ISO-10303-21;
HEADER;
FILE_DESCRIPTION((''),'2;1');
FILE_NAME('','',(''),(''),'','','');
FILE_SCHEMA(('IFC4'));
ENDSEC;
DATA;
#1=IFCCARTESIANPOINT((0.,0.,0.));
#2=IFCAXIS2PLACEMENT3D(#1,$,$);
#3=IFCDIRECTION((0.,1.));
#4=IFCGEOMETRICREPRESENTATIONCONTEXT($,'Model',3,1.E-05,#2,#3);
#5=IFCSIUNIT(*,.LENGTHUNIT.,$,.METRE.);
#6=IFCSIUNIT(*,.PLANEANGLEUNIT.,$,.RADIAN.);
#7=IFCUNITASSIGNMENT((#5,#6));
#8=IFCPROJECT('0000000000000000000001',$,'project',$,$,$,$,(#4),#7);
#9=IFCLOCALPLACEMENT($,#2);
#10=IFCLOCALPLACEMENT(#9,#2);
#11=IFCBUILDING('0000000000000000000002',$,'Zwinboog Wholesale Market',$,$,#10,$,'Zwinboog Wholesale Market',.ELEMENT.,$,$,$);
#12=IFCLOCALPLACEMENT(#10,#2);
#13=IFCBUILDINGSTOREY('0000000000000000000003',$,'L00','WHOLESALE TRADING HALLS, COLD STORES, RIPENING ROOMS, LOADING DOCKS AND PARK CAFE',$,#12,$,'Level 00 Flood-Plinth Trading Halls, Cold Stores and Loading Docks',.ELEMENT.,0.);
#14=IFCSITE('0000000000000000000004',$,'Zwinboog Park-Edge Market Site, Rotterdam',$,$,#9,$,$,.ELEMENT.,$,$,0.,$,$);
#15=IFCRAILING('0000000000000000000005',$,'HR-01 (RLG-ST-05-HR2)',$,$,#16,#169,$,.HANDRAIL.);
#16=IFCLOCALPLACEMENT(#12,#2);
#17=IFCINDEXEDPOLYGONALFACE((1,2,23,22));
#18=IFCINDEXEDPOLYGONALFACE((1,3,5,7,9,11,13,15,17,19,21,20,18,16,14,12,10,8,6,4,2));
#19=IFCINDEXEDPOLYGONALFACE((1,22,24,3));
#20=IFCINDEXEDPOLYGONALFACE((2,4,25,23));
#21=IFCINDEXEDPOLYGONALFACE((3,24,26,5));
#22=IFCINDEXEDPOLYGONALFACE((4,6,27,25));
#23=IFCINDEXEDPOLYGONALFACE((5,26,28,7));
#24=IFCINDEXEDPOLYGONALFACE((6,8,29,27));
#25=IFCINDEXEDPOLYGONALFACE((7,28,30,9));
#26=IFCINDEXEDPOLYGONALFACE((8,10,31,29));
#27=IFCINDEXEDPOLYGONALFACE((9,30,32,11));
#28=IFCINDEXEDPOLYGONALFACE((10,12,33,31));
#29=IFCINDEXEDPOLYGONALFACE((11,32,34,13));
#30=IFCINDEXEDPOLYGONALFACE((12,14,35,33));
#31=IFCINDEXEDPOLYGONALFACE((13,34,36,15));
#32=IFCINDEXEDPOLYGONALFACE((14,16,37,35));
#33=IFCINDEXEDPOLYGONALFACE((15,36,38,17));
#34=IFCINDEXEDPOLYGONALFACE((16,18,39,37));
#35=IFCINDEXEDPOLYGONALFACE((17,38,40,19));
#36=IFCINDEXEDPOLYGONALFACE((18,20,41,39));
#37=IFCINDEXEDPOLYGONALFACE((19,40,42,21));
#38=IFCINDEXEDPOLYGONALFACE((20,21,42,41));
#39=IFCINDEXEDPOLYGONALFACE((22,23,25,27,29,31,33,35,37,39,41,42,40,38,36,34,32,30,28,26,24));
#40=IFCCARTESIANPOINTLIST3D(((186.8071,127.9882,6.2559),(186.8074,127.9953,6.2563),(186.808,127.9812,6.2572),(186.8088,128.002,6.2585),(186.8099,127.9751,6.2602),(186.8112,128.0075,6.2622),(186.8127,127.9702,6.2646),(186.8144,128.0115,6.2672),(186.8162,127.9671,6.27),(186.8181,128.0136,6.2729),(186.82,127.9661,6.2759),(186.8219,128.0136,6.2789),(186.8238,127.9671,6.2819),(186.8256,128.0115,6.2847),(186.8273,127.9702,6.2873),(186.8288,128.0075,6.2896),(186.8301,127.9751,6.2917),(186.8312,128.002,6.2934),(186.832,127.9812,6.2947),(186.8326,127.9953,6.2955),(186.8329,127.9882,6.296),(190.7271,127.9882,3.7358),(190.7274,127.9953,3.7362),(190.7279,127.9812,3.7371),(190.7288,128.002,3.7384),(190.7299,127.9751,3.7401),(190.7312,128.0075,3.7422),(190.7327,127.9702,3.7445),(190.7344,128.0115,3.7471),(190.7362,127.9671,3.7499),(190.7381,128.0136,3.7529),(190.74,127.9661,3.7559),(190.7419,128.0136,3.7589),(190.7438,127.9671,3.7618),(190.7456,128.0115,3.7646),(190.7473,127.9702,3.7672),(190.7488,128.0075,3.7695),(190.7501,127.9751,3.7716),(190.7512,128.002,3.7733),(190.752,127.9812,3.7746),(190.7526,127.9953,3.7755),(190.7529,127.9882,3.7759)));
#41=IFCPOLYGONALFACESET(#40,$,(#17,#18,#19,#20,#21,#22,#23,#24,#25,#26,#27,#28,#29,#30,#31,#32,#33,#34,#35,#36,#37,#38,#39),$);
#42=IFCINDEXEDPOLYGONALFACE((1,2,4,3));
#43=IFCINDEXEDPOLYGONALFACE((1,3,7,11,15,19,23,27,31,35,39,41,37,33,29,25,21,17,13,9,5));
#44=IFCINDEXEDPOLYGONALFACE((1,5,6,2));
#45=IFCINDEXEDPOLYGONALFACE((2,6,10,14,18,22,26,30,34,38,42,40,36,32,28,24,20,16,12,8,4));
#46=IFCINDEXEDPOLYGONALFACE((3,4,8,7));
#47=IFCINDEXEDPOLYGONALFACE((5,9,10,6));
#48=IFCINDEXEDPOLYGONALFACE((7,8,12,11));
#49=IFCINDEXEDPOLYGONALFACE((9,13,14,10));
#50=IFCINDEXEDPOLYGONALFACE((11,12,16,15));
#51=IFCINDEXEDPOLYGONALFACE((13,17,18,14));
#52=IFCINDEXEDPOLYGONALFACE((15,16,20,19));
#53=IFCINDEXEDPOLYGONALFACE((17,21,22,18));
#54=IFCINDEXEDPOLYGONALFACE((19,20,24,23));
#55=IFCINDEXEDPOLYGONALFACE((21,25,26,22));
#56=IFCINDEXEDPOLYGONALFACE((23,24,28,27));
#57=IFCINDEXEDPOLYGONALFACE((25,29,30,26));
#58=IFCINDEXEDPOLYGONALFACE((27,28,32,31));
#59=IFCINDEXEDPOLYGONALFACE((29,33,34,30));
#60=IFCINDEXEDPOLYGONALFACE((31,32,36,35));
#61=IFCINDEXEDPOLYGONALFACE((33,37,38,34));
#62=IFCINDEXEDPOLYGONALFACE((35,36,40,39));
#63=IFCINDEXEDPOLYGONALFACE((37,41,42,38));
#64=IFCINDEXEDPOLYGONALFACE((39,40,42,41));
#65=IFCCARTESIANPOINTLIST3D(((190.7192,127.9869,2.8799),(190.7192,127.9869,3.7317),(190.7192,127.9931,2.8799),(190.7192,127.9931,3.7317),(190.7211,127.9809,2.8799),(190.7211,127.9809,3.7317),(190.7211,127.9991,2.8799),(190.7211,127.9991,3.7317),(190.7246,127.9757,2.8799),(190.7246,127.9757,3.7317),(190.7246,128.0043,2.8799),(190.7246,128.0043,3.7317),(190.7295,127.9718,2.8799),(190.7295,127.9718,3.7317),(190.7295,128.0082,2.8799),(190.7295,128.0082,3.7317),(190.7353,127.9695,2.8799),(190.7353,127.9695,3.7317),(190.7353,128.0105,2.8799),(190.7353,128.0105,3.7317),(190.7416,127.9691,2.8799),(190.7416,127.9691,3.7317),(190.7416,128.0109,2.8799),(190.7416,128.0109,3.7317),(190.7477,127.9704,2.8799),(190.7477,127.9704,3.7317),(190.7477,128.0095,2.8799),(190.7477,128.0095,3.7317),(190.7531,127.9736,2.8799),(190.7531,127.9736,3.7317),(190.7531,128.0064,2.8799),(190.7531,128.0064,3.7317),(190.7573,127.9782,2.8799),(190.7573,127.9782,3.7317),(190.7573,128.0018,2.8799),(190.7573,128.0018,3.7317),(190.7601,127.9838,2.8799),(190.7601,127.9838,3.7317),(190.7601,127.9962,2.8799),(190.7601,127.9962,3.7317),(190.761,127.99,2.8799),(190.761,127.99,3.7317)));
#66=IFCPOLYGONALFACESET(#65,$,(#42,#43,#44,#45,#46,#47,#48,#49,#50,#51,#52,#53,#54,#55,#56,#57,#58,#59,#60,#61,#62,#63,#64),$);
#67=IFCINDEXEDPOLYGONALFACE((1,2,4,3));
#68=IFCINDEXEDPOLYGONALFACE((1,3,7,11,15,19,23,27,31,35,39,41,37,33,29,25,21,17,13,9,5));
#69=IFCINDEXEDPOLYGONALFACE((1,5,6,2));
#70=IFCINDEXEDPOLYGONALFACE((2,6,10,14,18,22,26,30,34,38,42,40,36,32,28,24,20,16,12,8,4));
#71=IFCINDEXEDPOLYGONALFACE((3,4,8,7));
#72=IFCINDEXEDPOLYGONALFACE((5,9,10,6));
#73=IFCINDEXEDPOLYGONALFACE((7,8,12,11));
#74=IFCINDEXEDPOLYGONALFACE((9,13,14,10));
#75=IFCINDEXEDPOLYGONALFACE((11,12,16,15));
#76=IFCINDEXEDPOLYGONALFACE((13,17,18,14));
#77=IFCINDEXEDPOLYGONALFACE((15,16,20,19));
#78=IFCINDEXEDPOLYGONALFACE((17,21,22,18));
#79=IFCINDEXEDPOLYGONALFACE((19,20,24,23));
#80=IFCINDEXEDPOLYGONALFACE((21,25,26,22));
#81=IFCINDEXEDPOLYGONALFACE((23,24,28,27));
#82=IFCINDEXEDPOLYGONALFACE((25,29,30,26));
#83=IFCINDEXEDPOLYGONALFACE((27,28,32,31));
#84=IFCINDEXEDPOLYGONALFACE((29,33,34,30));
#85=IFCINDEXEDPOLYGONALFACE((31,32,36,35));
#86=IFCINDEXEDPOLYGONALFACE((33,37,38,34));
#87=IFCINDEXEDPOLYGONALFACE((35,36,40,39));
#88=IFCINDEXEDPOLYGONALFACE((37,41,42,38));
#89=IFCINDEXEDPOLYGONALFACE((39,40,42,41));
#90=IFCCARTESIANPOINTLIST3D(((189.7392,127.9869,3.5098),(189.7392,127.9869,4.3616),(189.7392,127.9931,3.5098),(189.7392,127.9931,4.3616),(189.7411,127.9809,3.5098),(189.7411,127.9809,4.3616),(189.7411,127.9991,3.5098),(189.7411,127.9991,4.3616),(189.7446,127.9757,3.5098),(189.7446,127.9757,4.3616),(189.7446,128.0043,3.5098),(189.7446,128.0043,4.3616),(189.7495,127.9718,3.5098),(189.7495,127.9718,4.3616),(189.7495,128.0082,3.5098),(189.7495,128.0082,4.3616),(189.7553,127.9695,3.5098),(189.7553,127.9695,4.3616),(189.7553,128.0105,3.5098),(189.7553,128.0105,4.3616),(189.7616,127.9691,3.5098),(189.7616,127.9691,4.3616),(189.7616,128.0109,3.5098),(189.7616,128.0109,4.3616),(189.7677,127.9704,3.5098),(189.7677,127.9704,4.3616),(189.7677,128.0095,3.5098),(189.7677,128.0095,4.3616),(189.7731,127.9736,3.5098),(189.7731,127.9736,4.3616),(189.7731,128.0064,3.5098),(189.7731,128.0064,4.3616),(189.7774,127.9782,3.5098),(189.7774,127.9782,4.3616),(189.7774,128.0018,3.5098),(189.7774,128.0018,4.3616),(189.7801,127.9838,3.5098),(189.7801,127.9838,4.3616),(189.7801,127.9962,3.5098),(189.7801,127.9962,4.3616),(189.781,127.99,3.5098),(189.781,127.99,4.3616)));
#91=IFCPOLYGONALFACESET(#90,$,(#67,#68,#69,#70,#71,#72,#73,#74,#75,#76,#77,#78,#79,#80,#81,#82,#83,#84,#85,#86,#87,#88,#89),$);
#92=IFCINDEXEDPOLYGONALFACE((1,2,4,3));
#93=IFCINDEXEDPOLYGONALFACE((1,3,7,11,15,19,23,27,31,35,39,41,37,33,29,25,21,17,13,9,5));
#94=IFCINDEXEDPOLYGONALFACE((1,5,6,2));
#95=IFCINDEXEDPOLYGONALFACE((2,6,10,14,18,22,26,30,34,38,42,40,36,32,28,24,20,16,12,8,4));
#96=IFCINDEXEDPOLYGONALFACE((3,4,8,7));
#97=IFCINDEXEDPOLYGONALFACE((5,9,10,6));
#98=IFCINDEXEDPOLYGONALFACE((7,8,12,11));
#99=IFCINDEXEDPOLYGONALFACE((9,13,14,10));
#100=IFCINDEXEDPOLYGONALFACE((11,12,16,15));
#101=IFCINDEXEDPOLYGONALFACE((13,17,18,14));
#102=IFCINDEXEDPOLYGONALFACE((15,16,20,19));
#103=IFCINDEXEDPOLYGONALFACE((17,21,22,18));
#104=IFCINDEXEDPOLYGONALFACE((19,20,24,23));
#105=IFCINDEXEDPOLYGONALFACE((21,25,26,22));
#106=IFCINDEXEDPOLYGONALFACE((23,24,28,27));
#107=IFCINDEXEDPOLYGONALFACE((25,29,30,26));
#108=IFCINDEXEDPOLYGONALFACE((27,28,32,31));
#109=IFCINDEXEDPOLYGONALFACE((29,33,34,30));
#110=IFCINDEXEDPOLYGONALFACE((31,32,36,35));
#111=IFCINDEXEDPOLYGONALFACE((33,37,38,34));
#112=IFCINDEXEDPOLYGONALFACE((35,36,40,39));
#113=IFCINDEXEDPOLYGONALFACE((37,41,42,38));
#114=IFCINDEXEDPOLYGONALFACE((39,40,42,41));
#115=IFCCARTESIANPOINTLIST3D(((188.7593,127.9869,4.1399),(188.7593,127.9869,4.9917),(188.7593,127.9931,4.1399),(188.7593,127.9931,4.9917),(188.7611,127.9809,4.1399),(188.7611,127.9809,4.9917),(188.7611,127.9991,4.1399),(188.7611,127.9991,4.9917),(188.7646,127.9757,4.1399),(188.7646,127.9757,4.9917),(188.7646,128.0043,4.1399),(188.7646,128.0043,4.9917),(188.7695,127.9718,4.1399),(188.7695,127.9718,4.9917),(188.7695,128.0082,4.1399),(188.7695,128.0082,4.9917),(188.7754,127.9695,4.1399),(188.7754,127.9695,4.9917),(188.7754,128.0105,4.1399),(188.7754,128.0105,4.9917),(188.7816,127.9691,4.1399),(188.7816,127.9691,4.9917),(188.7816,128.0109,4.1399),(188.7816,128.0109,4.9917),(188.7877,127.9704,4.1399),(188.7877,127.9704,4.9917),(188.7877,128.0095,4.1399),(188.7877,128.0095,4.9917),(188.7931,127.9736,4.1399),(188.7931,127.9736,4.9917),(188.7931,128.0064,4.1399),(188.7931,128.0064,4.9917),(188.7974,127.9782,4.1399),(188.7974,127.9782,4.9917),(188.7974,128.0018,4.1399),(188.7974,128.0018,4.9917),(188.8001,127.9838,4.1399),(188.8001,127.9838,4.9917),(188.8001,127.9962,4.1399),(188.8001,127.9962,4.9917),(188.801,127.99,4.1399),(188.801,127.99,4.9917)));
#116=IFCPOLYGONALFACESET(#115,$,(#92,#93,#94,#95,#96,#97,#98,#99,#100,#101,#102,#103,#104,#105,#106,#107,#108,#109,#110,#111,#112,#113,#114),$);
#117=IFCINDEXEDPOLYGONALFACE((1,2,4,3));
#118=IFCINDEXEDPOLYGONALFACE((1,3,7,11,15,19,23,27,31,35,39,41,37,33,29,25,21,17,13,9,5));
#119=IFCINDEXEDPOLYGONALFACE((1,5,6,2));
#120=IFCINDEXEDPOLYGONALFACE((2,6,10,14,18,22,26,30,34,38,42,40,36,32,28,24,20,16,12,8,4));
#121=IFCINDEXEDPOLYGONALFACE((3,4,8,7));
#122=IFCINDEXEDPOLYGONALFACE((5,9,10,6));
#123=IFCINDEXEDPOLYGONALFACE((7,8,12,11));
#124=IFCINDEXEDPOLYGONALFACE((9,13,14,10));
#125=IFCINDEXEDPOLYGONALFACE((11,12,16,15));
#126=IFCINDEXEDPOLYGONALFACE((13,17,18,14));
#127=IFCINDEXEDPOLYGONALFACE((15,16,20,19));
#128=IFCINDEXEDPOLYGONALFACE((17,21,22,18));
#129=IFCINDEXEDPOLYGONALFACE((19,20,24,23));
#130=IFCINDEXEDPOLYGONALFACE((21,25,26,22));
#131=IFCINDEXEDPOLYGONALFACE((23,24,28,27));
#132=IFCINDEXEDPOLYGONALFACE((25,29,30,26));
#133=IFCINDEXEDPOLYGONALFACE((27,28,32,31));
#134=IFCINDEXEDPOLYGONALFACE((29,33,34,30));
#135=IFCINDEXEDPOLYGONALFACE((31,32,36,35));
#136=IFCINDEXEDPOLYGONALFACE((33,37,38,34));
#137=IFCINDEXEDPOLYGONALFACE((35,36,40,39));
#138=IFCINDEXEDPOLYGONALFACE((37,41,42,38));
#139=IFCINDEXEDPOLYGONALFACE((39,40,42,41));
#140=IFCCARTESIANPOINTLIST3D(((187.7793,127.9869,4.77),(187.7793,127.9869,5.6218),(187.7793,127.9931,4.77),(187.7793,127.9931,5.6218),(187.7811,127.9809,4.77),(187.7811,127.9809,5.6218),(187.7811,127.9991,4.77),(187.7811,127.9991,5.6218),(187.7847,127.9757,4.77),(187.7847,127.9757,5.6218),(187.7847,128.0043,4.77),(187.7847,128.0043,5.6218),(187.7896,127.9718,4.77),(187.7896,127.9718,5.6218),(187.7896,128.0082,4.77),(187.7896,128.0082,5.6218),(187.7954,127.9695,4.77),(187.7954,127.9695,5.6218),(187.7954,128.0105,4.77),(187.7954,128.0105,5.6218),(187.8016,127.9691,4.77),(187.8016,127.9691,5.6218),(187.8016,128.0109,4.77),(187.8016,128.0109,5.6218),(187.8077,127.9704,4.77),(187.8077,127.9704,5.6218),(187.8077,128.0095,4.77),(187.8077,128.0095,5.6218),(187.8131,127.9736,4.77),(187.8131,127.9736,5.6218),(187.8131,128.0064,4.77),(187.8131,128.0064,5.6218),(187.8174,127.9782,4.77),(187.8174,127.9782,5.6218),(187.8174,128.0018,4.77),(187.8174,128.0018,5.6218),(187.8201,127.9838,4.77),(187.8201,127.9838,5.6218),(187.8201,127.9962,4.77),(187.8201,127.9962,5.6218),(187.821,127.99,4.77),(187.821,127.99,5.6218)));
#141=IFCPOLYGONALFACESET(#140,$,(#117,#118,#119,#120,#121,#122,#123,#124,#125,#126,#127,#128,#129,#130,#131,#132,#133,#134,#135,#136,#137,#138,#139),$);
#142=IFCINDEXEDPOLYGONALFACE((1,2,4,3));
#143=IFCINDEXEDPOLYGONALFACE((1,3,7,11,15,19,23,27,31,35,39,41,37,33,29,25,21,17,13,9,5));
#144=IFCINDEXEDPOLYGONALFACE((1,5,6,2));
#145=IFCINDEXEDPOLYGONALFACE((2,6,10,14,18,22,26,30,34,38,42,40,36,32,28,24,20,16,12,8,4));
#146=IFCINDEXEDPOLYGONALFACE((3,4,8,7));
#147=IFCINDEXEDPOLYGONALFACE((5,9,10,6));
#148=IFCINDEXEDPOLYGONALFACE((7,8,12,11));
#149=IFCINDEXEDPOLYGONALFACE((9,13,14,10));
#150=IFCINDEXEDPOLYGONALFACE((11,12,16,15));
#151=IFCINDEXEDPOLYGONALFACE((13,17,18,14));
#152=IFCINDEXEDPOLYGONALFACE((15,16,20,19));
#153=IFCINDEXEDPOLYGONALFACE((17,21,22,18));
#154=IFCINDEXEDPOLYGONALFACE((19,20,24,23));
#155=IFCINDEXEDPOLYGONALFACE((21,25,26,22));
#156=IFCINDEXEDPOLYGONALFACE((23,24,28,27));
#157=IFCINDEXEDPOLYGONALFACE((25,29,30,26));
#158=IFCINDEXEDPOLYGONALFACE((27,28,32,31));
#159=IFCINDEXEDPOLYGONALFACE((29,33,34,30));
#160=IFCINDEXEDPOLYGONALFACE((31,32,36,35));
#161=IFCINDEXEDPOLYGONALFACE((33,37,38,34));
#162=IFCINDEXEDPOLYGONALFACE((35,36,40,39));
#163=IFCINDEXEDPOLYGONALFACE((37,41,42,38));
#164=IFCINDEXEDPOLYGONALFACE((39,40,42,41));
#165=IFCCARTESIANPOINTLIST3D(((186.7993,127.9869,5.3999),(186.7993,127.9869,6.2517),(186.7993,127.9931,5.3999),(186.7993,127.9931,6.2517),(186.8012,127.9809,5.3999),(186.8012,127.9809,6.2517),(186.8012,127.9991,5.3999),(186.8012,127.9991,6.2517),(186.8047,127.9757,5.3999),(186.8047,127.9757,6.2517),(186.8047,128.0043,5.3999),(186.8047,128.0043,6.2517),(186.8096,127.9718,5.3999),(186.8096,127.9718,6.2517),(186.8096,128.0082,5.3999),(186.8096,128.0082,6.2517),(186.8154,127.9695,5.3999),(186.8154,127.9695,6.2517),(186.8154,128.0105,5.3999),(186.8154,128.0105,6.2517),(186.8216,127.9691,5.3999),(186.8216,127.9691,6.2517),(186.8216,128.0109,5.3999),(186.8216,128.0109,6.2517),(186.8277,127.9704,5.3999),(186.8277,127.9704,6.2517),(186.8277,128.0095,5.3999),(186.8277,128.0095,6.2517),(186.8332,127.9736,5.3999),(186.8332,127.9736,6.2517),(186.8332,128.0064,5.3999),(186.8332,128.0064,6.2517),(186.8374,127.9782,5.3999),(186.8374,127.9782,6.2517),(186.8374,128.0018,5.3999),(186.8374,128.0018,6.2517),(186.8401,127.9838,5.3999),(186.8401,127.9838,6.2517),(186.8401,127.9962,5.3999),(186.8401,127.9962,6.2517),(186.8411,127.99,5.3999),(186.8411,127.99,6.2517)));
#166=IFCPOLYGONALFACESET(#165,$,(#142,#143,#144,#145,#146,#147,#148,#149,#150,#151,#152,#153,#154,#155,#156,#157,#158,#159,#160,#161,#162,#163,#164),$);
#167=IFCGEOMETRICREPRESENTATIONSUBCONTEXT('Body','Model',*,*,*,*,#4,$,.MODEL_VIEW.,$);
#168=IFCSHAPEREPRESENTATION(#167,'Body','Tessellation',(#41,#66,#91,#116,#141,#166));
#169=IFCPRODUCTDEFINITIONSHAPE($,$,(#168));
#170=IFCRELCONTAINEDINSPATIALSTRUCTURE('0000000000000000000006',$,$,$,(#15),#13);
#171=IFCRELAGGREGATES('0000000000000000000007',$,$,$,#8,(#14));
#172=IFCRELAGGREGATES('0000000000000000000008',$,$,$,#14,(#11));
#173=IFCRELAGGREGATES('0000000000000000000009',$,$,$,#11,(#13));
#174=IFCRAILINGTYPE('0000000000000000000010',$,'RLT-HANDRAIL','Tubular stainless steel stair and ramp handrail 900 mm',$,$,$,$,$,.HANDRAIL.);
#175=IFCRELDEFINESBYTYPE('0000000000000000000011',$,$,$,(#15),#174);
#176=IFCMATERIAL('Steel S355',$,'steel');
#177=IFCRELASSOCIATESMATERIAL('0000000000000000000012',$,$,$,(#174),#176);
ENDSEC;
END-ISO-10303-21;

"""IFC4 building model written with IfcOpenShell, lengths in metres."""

from ifc_helpers import new_model, si_unit, direction, frame, origin, origin_2d, place, context, subcontext, project, spatial, circle, extrude, material, type_object, element, save


model = new_model("IFC4")

# Units and contexts
model_context = context("Model", 3, precision=1e-05, world=origin(), true_north=direction((0.0, 1.0)))
body_context = subcontext(model_context, "Body", "Model", "MODEL_VIEW")
ifc_project = project(units=[si_unit("LENGTHUNIT", "METRE"), si_unit("PLANEANGLEUNIT", "RADIAN")], contexts=[model_context])

# Site, building, storey
site_placement = place(None, origin())
site = spatial("IfcSite", under=ifc_project, at=site_placement, Name="Zwinboog Park-Edge Market Site, Rotterdam", CompositionType="ELEMENT", RefElevation=0.0)
building_placement = place(site_placement, origin())
building = spatial("IfcBuilding", under=site, at=building_placement, Name="Zwinboog Wholesale Market", LongName="Zwinboog Wholesale Market", CompositionType="ELEMENT")
storey_placement = place(building_placement, origin())
storey = spatial("IfcBuildingStorey", under=building, at=storey_placement, Name="L00", Description="WHOLESALE TRADING HALLS, COLD STORES, RIPENING ROOMS, LOADING DOCKS AND PARK CAFE", LongName="Level 00 Flood-Plinth Trading Halls, Cold Stores and Loading Docks", CompositionType="ELEMENT", Elevation=0.0)

# Railing
ifc_material_1 = material(Name="Steel S355", Category="steel")
railing_type_1 = type_object("IfcRailingType", Name="RLT-HANDRAIL", Description="Tubular stainless steel stair and ramp handrail 900 mm", PredefinedType="HANDRAIL", material=ifc_material_1)
railing_1_placement = place(storey_placement, frame((190.74, 127.99, 2.8799)))
element("IfcRailing", 1, at=railing_1_placement, inside=storey, type_object=railing_type_1, Name="HR-01 (RLG-ST-05-HR2)", PredefinedType="HANDRAIL", context=body_context, shape_type="SweptSolid", body=[
    extrude(circle(Radius=0.0239, at=origin_2d()), frame((0.0, 0.0, 0.876), z_axis=(-0.841172, 0.0, 0.540768), x_axis=(0.0, -1.0, 0.0)), (0.0, 0.0, 1.0), 4.6602),
    extrude(circle(Radius=0.021, at=origin_2d()), origin(), (0.0, 0.0, 1.0), 0.8518),
    extrude(circle(Radius=0.021, at=origin_2d()), frame((-0.98, 0.0, 0.6299)), (0.0, 0.0, 1.0), 0.8518),
    extrude(circle(Radius=0.021, at=origin_2d()), frame((-1.96, 0.0, 1.26)), (0.0, 0.0, 1.0), 0.8518),
    extrude(circle(Radius=0.021, at=origin_2d()), frame((-2.9399, 0.0, 1.8901)), (0.0, 0.0, 1.0), 0.8518),
    extrude(circle(Radius=0.021, at=origin_2d()), frame((-3.9199, 0.0, 2.52)), (0.0, 0.0, 1.0), 0.8518),
])

save(model, "model.ifc")
